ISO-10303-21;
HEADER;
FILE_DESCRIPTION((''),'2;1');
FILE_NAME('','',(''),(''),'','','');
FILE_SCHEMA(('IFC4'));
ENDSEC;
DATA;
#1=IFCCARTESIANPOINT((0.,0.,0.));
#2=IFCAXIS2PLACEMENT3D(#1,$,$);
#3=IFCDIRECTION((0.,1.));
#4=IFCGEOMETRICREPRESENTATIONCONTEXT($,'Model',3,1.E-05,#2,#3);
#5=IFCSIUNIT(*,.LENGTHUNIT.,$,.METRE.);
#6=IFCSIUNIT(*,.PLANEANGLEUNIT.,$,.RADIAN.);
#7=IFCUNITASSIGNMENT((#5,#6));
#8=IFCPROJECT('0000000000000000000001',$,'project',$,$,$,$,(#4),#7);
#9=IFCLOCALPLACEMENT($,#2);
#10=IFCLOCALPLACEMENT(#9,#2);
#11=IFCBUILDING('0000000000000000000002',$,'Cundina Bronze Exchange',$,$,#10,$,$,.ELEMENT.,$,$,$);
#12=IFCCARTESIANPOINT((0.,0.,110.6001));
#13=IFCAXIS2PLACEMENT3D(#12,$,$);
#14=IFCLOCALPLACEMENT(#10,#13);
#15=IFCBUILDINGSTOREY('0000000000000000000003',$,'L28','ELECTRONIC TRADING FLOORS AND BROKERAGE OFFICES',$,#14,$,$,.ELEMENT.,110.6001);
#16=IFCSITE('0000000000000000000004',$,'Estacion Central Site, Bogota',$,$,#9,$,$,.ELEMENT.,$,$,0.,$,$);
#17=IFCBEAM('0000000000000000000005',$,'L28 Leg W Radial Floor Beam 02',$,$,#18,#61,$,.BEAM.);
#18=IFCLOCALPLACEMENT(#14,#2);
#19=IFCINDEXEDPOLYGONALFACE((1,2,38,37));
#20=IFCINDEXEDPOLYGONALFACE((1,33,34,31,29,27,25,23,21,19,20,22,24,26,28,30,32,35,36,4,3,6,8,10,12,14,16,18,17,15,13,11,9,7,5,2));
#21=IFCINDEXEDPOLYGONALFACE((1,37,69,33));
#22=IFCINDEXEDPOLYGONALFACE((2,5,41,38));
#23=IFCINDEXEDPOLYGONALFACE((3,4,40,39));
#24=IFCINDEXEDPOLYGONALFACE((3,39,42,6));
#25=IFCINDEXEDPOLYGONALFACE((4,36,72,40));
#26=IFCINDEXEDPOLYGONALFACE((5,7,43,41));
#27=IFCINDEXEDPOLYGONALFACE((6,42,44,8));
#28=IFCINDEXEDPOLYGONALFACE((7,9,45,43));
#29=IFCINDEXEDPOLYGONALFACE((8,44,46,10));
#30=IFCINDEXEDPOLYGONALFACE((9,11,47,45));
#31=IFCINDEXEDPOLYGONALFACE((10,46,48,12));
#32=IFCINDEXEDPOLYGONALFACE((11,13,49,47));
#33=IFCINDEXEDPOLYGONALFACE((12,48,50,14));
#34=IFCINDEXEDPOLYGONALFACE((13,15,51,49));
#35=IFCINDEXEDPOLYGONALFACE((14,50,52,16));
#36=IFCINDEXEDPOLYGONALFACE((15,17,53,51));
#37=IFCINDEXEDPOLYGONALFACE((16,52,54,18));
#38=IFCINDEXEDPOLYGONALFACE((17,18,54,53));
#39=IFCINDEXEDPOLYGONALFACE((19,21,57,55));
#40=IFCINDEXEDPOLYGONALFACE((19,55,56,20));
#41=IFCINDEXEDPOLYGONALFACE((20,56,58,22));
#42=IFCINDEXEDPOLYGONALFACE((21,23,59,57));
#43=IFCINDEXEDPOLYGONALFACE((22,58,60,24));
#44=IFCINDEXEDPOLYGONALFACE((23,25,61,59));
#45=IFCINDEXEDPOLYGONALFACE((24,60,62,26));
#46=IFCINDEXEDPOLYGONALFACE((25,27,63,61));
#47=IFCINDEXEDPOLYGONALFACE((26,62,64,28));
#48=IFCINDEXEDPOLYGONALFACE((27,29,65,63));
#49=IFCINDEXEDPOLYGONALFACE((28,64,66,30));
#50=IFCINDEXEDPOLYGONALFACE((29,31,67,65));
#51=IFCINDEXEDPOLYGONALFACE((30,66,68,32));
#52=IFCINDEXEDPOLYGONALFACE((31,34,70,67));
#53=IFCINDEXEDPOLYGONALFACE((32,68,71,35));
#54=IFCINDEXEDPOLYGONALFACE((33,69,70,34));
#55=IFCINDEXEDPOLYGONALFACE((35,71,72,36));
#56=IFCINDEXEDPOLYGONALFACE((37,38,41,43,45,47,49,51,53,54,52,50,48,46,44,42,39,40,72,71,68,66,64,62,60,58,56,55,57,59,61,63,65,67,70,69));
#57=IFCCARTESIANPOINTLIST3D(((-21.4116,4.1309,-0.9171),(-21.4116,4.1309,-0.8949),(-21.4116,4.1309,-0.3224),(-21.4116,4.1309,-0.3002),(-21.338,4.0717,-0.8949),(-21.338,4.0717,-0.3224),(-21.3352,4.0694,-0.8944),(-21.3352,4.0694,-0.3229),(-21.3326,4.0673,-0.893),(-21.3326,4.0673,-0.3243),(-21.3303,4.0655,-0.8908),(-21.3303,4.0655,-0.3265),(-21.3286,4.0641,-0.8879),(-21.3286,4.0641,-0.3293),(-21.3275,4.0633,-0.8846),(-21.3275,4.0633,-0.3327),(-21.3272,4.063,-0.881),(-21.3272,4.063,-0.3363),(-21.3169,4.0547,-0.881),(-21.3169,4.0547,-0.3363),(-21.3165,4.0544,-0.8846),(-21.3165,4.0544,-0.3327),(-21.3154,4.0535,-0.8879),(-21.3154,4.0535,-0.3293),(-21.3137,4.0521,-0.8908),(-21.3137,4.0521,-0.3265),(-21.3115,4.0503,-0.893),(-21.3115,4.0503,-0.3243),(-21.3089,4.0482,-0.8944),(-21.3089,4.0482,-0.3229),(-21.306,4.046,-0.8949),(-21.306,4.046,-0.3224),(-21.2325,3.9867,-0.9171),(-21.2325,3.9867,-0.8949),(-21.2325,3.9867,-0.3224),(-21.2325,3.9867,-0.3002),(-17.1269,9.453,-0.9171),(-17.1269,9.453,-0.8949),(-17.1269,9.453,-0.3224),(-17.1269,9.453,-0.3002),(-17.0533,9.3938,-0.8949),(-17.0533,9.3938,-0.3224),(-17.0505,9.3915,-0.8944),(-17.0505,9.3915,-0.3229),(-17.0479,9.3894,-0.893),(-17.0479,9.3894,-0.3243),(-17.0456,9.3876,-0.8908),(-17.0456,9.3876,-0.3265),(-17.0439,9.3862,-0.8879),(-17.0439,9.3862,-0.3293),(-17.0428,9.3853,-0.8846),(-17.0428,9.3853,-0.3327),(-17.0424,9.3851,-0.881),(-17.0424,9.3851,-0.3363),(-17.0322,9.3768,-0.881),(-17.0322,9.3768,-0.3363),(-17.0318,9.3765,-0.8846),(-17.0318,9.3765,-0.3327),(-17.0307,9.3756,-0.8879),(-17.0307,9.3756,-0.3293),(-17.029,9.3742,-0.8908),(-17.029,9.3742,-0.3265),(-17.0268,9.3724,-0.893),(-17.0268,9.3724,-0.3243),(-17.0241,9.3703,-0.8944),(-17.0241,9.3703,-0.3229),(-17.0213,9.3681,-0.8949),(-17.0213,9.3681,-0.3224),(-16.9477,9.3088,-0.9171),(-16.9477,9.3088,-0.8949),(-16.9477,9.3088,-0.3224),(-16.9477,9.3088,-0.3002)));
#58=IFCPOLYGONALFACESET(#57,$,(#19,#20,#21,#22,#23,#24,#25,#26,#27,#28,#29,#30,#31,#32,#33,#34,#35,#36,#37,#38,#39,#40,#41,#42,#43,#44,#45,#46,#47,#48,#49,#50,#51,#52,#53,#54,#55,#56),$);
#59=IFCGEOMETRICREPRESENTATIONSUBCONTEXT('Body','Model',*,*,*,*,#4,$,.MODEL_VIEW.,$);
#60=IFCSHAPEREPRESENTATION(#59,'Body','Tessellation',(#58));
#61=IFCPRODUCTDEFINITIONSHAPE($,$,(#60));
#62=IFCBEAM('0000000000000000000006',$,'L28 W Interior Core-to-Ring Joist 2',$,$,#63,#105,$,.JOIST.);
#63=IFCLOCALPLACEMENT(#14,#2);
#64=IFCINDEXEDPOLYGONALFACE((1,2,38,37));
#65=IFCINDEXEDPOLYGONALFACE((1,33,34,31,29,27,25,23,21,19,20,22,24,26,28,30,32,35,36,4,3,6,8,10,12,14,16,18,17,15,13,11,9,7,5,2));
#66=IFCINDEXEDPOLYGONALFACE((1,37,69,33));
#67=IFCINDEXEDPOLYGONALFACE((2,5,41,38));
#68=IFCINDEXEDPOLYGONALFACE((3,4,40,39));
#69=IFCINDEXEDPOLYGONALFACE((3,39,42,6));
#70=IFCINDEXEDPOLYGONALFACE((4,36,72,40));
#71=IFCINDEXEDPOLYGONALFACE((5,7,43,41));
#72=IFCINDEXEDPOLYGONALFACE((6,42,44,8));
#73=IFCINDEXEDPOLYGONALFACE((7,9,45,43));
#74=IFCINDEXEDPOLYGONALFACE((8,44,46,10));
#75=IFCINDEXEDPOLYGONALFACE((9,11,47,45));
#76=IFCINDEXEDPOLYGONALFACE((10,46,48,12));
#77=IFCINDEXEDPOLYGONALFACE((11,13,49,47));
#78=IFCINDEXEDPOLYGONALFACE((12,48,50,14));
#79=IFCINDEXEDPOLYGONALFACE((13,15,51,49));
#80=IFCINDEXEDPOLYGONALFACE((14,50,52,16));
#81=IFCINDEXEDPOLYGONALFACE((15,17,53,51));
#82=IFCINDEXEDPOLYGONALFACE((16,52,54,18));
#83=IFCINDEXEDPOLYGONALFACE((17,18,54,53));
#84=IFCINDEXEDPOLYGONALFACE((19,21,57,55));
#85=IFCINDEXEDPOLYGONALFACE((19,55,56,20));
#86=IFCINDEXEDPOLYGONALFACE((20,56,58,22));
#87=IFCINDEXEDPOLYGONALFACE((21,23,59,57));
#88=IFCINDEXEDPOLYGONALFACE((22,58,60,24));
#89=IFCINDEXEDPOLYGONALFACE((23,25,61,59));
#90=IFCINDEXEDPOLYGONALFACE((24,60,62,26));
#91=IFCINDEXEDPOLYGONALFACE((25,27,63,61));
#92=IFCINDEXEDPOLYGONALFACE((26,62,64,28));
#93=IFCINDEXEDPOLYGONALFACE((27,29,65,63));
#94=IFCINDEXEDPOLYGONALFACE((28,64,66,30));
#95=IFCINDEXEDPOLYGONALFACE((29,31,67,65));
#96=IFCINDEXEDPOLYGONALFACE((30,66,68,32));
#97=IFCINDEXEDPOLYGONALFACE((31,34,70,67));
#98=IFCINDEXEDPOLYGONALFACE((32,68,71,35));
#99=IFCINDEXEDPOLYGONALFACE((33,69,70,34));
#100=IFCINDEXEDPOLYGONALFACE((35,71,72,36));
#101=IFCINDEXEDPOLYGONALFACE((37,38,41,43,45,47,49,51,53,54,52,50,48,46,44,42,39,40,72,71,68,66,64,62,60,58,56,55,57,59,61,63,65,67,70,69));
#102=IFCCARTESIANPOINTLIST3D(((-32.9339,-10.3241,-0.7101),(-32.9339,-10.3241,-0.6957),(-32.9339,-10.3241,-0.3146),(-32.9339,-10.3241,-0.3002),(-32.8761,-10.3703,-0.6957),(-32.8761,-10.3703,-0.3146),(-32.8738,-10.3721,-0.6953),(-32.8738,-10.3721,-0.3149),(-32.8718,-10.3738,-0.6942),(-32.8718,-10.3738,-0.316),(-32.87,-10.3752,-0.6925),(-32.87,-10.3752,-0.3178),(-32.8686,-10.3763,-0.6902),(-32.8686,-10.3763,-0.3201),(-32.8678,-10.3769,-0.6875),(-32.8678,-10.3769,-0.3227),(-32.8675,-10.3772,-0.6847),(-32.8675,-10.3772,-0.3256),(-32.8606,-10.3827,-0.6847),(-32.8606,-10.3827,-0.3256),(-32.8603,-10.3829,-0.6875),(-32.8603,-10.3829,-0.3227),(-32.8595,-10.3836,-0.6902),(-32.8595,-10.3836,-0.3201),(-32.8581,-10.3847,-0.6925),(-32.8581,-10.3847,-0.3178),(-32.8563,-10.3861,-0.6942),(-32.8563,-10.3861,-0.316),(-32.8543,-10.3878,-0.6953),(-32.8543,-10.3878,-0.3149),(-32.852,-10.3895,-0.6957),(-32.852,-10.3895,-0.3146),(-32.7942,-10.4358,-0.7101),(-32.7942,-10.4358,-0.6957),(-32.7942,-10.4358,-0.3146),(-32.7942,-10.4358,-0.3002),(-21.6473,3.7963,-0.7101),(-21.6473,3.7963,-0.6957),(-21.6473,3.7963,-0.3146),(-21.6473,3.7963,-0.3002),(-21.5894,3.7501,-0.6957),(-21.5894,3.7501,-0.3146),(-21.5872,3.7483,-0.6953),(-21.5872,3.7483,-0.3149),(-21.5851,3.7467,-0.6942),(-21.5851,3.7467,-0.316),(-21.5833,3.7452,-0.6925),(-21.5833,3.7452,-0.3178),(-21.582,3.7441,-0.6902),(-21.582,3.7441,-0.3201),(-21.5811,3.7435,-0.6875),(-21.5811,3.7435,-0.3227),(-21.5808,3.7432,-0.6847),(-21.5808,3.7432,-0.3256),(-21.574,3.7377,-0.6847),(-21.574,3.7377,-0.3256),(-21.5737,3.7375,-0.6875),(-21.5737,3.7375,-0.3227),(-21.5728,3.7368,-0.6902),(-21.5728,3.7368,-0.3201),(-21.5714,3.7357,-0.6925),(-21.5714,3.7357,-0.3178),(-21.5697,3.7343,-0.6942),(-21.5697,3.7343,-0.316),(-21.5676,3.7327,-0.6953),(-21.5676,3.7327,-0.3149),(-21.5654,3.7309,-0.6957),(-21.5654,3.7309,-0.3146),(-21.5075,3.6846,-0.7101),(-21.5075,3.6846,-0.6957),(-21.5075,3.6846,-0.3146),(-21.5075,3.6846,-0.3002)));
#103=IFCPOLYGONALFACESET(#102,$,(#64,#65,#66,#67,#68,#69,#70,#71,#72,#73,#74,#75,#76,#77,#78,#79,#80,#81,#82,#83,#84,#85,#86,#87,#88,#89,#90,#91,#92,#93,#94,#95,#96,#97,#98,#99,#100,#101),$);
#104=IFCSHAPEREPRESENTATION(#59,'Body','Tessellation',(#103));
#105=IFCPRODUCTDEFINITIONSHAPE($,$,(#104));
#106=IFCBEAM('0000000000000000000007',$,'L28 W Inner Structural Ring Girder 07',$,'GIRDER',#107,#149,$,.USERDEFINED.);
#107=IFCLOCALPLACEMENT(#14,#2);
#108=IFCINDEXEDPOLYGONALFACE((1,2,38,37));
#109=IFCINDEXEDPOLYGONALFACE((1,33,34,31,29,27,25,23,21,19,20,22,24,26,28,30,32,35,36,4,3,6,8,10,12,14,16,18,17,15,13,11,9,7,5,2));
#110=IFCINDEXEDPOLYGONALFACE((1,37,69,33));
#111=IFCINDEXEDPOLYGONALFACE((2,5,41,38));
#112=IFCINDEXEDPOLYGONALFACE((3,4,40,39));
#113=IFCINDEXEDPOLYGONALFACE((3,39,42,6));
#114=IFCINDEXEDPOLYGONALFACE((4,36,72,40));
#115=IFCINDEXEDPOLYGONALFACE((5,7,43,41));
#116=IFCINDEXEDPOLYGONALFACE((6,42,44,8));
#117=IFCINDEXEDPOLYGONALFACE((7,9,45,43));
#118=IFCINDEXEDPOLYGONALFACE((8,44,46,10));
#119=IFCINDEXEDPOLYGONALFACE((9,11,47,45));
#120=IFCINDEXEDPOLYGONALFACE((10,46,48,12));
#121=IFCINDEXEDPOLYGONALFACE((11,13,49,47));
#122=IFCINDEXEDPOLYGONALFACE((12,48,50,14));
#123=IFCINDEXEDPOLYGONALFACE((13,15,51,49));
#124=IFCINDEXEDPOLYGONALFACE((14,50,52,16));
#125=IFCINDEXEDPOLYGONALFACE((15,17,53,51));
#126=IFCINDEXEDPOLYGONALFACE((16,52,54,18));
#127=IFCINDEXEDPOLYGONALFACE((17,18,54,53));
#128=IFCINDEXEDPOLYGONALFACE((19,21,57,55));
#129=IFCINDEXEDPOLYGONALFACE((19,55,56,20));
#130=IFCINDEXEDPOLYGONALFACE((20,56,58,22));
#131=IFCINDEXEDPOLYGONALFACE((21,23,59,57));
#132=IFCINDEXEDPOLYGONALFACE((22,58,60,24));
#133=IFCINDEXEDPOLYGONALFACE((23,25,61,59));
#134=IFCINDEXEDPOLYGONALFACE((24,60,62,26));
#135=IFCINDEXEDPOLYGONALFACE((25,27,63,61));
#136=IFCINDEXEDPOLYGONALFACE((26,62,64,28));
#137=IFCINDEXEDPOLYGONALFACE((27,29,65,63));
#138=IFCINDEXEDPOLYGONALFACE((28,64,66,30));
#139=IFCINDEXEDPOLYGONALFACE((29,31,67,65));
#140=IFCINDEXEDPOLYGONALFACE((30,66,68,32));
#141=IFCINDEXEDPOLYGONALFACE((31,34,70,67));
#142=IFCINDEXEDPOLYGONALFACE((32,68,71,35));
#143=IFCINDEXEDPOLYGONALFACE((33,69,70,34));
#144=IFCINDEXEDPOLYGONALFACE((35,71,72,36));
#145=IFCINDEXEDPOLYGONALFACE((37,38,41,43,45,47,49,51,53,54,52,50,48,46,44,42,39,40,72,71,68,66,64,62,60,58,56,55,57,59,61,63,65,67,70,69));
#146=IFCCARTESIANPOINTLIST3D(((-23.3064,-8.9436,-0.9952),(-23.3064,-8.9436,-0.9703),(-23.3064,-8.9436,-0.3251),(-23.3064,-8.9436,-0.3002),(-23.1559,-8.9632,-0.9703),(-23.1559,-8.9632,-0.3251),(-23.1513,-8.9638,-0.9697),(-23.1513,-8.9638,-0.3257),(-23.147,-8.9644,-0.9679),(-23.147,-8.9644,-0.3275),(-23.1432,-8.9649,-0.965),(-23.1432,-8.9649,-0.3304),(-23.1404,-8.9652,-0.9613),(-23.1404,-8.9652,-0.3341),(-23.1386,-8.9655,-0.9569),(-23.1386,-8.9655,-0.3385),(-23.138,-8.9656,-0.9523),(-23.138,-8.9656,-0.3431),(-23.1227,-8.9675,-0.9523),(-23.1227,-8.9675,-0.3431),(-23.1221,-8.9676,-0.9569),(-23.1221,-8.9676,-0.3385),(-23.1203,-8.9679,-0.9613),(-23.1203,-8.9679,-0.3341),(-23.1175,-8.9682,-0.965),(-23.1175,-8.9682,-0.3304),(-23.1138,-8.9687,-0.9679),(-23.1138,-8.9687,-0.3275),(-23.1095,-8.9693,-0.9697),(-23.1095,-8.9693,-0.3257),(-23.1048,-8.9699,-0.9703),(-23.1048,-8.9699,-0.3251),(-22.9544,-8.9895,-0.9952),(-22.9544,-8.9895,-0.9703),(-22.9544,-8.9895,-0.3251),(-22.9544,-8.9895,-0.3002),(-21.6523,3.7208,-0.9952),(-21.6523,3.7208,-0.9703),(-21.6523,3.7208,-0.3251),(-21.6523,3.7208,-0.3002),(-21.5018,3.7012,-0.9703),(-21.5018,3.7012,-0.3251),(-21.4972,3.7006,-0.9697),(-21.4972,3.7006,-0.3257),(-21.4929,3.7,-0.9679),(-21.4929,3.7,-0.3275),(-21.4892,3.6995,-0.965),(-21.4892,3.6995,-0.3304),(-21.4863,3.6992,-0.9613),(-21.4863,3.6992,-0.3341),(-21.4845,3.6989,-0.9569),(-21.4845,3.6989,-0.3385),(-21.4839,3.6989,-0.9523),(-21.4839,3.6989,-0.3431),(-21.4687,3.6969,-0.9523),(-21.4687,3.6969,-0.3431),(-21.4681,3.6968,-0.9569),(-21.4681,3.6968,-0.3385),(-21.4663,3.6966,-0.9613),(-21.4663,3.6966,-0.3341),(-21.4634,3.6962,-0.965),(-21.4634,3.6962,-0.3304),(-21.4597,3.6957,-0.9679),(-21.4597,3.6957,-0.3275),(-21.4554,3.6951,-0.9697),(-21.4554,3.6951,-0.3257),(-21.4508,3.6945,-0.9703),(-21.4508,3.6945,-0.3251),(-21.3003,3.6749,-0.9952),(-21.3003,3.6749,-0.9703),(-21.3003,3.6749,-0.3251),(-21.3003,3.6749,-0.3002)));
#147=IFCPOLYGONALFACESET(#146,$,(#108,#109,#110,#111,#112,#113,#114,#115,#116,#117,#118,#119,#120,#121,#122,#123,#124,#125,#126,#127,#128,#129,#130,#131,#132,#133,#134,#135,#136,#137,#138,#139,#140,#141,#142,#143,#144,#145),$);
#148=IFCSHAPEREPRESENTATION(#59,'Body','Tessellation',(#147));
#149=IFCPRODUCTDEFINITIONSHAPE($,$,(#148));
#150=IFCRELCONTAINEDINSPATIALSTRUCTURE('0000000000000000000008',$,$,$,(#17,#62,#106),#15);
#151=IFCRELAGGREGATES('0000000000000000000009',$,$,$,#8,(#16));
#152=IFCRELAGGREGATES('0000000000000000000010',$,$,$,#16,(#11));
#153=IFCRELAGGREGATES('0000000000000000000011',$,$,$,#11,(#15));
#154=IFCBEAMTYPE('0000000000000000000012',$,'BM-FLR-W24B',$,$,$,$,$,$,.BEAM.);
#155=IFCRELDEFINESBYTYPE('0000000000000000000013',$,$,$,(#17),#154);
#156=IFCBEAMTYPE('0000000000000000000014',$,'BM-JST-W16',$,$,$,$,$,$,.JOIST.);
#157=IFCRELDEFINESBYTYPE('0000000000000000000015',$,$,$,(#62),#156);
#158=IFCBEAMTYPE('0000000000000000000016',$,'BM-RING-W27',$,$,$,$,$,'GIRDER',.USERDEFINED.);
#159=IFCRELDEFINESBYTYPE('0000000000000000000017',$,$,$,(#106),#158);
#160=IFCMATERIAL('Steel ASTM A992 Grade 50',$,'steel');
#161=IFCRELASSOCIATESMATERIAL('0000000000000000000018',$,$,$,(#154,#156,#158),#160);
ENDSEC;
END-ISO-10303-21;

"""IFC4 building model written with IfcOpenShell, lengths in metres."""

from ifc_helpers import new_model, si_unit, direction, frame, origin, origin_2d, place, context, subcontext, project, spatial, i_section, extrude, material, material_profile, profile_set, type_object, element, save


model = new_model("IFC4")

# Units and contexts
model_context = context("Model", 3, precision=1e-05, world=origin(), true_north=direction((0.0, 1.0)))
body_context = subcontext(model_context, "Body", "Model", "MODEL_VIEW")
ifc_project = project(units=[si_unit("LENGTHUNIT", "METRE"), si_unit("PLANEANGLEUNIT", "RADIAN")], contexts=[model_context])

# Site, building, storey
site_placement = place(None, origin())
site = spatial("IfcSite", under=ifc_project, at=site_placement, Name="Estacion Central Site, Bogota", CompositionType="ELEMENT", RefElevation=0.0)
building_placement = place(site_placement, origin())
building = spatial("IfcBuilding", under=site, at=building_placement, Name="Cundina Bronze Exchange", CompositionType="ELEMENT")
storey_placement = place(building_placement, frame((0.0, 0.0, 110.6001)))
storey = spatial("IfcBuildingStorey", under=building, at=storey_placement, Name="L28", Description="ELECTRONIC TRADING FLOORS AND BROKERAGE OFFICES", CompositionType="ELEMENT", Elevation=110.6001)

# Shared definitions
ifc_material_1 = material(Name="Steel ASTM A992 Grade 50", Category="steel")

# Beams
ifc_material_profile_1 = material_profile(ifc_material_1, i_section(OverallWidth=0.23, OverallDepth=0.6169, WebThickness=0.0132, FlangeThickness=0.0222, FilletRadius=0.0139, at=origin_2d()), Name="W24X94", Category="steel")
ifc_profile_set_1 = profile_set([ifc_material_profile_1], Name="Steel ASTM A992 Grade 50")
beam_type_1 = type_object("IfcBeamType", Name="BM-FLR-W24B", PredefinedType="BEAM", material=ifc_profile_set_1)
beam_1_placement = place(storey_placement, frame((-21.322, 4.0588, -0.6086), z_axis=(0.627106, 0.778934, 0.0), x_axis=(-0.778934, 0.627106, 0.0)))
element("IfcBeam", 1, at=beam_1_placement, inside=storey, type_object=beam_type_1, Name="L28 Leg W Radial Floor Beam 02", PredefinedType="BEAM", context=body_context, shape_type="SweptSolid", body=[
    extrude(i_section(OverallWidth=0.23, OverallDepth=0.6169, WebThickness=0.0132, FlangeThickness=0.0222, FilletRadius=0.0139, at=origin_2d()), origin(), (0.0, 0.0, 1.0), 6.8325),
])
ifc_material_profile_2 = material_profile(ifc_material_1, i_section(OverallWidth=0.179, OverallDepth=0.4099, WebThickness=0.0088, FlangeThickness=0.0144, FilletRadius=0.011, at=origin_2d()), Name="W16X45", Category="steel")
ifc_profile_set_2 = profile_set([ifc_material_profile_2], Name="Steel ASTM A992 Grade 50")
beam_type_2 = type_object("IfcBeamType", Name="BM-JST-W16", PredefinedType="JOIST", material=ifc_profile_set_2)
beam_2_placement = place(storey_placement, frame((-21.5774, 3.7405, -0.5051), z_axis=(-0.624369, -0.78113, 0.0), x_axis=(0.78113, -0.624369, 0.0)))
element("IfcBeam", 2, at=beam_2_placement, inside=storey, type_object=beam_type_2, Name="L28 W Interior Core-to-Ring Joist 2", PredefinedType="JOIST", context=body_context, shape_type="SweptSolid", body=[
    extrude(i_section(OverallWidth=0.179, OverallDepth=0.4099, WebThickness=0.0088, FlangeThickness=0.0144, FilletRadius=0.011, at=origin_2d()), origin(), (0.0, 0.0, 1.0), 18.0769),
])
ifc_material_profile_3 = material_profile(ifc_material_1, i_section(OverallWidth=0.355, OverallDepth=0.6951, WebThickness=0.0154, FlangeThickness=0.0249, FilletRadius=0.0181, at=origin_2d()), Name="W27X146", Category="steel")
ifc_profile_set_3 = profile_set([ifc_material_profile_3], Name="Steel ASTM A992 Grade 50")
beam_type_3 = type_object("IfcBeamType", Name="BM-RING-W27", ElementType="GIRDER", PredefinedType="USERDEFINED", material=ifc_profile_set_3)
beam_3_placement = place(storey_placement, frame((-23.1304, -8.9666, -0.6477), z_axis=(0.129508, 0.991578, 0.0), x_axis=(-0.991578, 0.129508, 0.0)))
element("IfcBeam", 3, at=beam_3_placement, inside=storey, type_object=beam_type_3, Name="L28 W Inner Structural Ring Girder 07", ObjectType="GIRDER", PredefinedType="USERDEFINED", context=body_context, shape_type="SweptSolid", body=[
    extrude(i_section(OverallWidth=0.355, OverallDepth=0.6951, WebThickness=0.0154, FlangeThickness=0.0249, FilletRadius=0.0181, at=origin_2d()), origin(), (0.0, 0.0, 1.0), 12.772),
])

save(model, "model.ifc")
